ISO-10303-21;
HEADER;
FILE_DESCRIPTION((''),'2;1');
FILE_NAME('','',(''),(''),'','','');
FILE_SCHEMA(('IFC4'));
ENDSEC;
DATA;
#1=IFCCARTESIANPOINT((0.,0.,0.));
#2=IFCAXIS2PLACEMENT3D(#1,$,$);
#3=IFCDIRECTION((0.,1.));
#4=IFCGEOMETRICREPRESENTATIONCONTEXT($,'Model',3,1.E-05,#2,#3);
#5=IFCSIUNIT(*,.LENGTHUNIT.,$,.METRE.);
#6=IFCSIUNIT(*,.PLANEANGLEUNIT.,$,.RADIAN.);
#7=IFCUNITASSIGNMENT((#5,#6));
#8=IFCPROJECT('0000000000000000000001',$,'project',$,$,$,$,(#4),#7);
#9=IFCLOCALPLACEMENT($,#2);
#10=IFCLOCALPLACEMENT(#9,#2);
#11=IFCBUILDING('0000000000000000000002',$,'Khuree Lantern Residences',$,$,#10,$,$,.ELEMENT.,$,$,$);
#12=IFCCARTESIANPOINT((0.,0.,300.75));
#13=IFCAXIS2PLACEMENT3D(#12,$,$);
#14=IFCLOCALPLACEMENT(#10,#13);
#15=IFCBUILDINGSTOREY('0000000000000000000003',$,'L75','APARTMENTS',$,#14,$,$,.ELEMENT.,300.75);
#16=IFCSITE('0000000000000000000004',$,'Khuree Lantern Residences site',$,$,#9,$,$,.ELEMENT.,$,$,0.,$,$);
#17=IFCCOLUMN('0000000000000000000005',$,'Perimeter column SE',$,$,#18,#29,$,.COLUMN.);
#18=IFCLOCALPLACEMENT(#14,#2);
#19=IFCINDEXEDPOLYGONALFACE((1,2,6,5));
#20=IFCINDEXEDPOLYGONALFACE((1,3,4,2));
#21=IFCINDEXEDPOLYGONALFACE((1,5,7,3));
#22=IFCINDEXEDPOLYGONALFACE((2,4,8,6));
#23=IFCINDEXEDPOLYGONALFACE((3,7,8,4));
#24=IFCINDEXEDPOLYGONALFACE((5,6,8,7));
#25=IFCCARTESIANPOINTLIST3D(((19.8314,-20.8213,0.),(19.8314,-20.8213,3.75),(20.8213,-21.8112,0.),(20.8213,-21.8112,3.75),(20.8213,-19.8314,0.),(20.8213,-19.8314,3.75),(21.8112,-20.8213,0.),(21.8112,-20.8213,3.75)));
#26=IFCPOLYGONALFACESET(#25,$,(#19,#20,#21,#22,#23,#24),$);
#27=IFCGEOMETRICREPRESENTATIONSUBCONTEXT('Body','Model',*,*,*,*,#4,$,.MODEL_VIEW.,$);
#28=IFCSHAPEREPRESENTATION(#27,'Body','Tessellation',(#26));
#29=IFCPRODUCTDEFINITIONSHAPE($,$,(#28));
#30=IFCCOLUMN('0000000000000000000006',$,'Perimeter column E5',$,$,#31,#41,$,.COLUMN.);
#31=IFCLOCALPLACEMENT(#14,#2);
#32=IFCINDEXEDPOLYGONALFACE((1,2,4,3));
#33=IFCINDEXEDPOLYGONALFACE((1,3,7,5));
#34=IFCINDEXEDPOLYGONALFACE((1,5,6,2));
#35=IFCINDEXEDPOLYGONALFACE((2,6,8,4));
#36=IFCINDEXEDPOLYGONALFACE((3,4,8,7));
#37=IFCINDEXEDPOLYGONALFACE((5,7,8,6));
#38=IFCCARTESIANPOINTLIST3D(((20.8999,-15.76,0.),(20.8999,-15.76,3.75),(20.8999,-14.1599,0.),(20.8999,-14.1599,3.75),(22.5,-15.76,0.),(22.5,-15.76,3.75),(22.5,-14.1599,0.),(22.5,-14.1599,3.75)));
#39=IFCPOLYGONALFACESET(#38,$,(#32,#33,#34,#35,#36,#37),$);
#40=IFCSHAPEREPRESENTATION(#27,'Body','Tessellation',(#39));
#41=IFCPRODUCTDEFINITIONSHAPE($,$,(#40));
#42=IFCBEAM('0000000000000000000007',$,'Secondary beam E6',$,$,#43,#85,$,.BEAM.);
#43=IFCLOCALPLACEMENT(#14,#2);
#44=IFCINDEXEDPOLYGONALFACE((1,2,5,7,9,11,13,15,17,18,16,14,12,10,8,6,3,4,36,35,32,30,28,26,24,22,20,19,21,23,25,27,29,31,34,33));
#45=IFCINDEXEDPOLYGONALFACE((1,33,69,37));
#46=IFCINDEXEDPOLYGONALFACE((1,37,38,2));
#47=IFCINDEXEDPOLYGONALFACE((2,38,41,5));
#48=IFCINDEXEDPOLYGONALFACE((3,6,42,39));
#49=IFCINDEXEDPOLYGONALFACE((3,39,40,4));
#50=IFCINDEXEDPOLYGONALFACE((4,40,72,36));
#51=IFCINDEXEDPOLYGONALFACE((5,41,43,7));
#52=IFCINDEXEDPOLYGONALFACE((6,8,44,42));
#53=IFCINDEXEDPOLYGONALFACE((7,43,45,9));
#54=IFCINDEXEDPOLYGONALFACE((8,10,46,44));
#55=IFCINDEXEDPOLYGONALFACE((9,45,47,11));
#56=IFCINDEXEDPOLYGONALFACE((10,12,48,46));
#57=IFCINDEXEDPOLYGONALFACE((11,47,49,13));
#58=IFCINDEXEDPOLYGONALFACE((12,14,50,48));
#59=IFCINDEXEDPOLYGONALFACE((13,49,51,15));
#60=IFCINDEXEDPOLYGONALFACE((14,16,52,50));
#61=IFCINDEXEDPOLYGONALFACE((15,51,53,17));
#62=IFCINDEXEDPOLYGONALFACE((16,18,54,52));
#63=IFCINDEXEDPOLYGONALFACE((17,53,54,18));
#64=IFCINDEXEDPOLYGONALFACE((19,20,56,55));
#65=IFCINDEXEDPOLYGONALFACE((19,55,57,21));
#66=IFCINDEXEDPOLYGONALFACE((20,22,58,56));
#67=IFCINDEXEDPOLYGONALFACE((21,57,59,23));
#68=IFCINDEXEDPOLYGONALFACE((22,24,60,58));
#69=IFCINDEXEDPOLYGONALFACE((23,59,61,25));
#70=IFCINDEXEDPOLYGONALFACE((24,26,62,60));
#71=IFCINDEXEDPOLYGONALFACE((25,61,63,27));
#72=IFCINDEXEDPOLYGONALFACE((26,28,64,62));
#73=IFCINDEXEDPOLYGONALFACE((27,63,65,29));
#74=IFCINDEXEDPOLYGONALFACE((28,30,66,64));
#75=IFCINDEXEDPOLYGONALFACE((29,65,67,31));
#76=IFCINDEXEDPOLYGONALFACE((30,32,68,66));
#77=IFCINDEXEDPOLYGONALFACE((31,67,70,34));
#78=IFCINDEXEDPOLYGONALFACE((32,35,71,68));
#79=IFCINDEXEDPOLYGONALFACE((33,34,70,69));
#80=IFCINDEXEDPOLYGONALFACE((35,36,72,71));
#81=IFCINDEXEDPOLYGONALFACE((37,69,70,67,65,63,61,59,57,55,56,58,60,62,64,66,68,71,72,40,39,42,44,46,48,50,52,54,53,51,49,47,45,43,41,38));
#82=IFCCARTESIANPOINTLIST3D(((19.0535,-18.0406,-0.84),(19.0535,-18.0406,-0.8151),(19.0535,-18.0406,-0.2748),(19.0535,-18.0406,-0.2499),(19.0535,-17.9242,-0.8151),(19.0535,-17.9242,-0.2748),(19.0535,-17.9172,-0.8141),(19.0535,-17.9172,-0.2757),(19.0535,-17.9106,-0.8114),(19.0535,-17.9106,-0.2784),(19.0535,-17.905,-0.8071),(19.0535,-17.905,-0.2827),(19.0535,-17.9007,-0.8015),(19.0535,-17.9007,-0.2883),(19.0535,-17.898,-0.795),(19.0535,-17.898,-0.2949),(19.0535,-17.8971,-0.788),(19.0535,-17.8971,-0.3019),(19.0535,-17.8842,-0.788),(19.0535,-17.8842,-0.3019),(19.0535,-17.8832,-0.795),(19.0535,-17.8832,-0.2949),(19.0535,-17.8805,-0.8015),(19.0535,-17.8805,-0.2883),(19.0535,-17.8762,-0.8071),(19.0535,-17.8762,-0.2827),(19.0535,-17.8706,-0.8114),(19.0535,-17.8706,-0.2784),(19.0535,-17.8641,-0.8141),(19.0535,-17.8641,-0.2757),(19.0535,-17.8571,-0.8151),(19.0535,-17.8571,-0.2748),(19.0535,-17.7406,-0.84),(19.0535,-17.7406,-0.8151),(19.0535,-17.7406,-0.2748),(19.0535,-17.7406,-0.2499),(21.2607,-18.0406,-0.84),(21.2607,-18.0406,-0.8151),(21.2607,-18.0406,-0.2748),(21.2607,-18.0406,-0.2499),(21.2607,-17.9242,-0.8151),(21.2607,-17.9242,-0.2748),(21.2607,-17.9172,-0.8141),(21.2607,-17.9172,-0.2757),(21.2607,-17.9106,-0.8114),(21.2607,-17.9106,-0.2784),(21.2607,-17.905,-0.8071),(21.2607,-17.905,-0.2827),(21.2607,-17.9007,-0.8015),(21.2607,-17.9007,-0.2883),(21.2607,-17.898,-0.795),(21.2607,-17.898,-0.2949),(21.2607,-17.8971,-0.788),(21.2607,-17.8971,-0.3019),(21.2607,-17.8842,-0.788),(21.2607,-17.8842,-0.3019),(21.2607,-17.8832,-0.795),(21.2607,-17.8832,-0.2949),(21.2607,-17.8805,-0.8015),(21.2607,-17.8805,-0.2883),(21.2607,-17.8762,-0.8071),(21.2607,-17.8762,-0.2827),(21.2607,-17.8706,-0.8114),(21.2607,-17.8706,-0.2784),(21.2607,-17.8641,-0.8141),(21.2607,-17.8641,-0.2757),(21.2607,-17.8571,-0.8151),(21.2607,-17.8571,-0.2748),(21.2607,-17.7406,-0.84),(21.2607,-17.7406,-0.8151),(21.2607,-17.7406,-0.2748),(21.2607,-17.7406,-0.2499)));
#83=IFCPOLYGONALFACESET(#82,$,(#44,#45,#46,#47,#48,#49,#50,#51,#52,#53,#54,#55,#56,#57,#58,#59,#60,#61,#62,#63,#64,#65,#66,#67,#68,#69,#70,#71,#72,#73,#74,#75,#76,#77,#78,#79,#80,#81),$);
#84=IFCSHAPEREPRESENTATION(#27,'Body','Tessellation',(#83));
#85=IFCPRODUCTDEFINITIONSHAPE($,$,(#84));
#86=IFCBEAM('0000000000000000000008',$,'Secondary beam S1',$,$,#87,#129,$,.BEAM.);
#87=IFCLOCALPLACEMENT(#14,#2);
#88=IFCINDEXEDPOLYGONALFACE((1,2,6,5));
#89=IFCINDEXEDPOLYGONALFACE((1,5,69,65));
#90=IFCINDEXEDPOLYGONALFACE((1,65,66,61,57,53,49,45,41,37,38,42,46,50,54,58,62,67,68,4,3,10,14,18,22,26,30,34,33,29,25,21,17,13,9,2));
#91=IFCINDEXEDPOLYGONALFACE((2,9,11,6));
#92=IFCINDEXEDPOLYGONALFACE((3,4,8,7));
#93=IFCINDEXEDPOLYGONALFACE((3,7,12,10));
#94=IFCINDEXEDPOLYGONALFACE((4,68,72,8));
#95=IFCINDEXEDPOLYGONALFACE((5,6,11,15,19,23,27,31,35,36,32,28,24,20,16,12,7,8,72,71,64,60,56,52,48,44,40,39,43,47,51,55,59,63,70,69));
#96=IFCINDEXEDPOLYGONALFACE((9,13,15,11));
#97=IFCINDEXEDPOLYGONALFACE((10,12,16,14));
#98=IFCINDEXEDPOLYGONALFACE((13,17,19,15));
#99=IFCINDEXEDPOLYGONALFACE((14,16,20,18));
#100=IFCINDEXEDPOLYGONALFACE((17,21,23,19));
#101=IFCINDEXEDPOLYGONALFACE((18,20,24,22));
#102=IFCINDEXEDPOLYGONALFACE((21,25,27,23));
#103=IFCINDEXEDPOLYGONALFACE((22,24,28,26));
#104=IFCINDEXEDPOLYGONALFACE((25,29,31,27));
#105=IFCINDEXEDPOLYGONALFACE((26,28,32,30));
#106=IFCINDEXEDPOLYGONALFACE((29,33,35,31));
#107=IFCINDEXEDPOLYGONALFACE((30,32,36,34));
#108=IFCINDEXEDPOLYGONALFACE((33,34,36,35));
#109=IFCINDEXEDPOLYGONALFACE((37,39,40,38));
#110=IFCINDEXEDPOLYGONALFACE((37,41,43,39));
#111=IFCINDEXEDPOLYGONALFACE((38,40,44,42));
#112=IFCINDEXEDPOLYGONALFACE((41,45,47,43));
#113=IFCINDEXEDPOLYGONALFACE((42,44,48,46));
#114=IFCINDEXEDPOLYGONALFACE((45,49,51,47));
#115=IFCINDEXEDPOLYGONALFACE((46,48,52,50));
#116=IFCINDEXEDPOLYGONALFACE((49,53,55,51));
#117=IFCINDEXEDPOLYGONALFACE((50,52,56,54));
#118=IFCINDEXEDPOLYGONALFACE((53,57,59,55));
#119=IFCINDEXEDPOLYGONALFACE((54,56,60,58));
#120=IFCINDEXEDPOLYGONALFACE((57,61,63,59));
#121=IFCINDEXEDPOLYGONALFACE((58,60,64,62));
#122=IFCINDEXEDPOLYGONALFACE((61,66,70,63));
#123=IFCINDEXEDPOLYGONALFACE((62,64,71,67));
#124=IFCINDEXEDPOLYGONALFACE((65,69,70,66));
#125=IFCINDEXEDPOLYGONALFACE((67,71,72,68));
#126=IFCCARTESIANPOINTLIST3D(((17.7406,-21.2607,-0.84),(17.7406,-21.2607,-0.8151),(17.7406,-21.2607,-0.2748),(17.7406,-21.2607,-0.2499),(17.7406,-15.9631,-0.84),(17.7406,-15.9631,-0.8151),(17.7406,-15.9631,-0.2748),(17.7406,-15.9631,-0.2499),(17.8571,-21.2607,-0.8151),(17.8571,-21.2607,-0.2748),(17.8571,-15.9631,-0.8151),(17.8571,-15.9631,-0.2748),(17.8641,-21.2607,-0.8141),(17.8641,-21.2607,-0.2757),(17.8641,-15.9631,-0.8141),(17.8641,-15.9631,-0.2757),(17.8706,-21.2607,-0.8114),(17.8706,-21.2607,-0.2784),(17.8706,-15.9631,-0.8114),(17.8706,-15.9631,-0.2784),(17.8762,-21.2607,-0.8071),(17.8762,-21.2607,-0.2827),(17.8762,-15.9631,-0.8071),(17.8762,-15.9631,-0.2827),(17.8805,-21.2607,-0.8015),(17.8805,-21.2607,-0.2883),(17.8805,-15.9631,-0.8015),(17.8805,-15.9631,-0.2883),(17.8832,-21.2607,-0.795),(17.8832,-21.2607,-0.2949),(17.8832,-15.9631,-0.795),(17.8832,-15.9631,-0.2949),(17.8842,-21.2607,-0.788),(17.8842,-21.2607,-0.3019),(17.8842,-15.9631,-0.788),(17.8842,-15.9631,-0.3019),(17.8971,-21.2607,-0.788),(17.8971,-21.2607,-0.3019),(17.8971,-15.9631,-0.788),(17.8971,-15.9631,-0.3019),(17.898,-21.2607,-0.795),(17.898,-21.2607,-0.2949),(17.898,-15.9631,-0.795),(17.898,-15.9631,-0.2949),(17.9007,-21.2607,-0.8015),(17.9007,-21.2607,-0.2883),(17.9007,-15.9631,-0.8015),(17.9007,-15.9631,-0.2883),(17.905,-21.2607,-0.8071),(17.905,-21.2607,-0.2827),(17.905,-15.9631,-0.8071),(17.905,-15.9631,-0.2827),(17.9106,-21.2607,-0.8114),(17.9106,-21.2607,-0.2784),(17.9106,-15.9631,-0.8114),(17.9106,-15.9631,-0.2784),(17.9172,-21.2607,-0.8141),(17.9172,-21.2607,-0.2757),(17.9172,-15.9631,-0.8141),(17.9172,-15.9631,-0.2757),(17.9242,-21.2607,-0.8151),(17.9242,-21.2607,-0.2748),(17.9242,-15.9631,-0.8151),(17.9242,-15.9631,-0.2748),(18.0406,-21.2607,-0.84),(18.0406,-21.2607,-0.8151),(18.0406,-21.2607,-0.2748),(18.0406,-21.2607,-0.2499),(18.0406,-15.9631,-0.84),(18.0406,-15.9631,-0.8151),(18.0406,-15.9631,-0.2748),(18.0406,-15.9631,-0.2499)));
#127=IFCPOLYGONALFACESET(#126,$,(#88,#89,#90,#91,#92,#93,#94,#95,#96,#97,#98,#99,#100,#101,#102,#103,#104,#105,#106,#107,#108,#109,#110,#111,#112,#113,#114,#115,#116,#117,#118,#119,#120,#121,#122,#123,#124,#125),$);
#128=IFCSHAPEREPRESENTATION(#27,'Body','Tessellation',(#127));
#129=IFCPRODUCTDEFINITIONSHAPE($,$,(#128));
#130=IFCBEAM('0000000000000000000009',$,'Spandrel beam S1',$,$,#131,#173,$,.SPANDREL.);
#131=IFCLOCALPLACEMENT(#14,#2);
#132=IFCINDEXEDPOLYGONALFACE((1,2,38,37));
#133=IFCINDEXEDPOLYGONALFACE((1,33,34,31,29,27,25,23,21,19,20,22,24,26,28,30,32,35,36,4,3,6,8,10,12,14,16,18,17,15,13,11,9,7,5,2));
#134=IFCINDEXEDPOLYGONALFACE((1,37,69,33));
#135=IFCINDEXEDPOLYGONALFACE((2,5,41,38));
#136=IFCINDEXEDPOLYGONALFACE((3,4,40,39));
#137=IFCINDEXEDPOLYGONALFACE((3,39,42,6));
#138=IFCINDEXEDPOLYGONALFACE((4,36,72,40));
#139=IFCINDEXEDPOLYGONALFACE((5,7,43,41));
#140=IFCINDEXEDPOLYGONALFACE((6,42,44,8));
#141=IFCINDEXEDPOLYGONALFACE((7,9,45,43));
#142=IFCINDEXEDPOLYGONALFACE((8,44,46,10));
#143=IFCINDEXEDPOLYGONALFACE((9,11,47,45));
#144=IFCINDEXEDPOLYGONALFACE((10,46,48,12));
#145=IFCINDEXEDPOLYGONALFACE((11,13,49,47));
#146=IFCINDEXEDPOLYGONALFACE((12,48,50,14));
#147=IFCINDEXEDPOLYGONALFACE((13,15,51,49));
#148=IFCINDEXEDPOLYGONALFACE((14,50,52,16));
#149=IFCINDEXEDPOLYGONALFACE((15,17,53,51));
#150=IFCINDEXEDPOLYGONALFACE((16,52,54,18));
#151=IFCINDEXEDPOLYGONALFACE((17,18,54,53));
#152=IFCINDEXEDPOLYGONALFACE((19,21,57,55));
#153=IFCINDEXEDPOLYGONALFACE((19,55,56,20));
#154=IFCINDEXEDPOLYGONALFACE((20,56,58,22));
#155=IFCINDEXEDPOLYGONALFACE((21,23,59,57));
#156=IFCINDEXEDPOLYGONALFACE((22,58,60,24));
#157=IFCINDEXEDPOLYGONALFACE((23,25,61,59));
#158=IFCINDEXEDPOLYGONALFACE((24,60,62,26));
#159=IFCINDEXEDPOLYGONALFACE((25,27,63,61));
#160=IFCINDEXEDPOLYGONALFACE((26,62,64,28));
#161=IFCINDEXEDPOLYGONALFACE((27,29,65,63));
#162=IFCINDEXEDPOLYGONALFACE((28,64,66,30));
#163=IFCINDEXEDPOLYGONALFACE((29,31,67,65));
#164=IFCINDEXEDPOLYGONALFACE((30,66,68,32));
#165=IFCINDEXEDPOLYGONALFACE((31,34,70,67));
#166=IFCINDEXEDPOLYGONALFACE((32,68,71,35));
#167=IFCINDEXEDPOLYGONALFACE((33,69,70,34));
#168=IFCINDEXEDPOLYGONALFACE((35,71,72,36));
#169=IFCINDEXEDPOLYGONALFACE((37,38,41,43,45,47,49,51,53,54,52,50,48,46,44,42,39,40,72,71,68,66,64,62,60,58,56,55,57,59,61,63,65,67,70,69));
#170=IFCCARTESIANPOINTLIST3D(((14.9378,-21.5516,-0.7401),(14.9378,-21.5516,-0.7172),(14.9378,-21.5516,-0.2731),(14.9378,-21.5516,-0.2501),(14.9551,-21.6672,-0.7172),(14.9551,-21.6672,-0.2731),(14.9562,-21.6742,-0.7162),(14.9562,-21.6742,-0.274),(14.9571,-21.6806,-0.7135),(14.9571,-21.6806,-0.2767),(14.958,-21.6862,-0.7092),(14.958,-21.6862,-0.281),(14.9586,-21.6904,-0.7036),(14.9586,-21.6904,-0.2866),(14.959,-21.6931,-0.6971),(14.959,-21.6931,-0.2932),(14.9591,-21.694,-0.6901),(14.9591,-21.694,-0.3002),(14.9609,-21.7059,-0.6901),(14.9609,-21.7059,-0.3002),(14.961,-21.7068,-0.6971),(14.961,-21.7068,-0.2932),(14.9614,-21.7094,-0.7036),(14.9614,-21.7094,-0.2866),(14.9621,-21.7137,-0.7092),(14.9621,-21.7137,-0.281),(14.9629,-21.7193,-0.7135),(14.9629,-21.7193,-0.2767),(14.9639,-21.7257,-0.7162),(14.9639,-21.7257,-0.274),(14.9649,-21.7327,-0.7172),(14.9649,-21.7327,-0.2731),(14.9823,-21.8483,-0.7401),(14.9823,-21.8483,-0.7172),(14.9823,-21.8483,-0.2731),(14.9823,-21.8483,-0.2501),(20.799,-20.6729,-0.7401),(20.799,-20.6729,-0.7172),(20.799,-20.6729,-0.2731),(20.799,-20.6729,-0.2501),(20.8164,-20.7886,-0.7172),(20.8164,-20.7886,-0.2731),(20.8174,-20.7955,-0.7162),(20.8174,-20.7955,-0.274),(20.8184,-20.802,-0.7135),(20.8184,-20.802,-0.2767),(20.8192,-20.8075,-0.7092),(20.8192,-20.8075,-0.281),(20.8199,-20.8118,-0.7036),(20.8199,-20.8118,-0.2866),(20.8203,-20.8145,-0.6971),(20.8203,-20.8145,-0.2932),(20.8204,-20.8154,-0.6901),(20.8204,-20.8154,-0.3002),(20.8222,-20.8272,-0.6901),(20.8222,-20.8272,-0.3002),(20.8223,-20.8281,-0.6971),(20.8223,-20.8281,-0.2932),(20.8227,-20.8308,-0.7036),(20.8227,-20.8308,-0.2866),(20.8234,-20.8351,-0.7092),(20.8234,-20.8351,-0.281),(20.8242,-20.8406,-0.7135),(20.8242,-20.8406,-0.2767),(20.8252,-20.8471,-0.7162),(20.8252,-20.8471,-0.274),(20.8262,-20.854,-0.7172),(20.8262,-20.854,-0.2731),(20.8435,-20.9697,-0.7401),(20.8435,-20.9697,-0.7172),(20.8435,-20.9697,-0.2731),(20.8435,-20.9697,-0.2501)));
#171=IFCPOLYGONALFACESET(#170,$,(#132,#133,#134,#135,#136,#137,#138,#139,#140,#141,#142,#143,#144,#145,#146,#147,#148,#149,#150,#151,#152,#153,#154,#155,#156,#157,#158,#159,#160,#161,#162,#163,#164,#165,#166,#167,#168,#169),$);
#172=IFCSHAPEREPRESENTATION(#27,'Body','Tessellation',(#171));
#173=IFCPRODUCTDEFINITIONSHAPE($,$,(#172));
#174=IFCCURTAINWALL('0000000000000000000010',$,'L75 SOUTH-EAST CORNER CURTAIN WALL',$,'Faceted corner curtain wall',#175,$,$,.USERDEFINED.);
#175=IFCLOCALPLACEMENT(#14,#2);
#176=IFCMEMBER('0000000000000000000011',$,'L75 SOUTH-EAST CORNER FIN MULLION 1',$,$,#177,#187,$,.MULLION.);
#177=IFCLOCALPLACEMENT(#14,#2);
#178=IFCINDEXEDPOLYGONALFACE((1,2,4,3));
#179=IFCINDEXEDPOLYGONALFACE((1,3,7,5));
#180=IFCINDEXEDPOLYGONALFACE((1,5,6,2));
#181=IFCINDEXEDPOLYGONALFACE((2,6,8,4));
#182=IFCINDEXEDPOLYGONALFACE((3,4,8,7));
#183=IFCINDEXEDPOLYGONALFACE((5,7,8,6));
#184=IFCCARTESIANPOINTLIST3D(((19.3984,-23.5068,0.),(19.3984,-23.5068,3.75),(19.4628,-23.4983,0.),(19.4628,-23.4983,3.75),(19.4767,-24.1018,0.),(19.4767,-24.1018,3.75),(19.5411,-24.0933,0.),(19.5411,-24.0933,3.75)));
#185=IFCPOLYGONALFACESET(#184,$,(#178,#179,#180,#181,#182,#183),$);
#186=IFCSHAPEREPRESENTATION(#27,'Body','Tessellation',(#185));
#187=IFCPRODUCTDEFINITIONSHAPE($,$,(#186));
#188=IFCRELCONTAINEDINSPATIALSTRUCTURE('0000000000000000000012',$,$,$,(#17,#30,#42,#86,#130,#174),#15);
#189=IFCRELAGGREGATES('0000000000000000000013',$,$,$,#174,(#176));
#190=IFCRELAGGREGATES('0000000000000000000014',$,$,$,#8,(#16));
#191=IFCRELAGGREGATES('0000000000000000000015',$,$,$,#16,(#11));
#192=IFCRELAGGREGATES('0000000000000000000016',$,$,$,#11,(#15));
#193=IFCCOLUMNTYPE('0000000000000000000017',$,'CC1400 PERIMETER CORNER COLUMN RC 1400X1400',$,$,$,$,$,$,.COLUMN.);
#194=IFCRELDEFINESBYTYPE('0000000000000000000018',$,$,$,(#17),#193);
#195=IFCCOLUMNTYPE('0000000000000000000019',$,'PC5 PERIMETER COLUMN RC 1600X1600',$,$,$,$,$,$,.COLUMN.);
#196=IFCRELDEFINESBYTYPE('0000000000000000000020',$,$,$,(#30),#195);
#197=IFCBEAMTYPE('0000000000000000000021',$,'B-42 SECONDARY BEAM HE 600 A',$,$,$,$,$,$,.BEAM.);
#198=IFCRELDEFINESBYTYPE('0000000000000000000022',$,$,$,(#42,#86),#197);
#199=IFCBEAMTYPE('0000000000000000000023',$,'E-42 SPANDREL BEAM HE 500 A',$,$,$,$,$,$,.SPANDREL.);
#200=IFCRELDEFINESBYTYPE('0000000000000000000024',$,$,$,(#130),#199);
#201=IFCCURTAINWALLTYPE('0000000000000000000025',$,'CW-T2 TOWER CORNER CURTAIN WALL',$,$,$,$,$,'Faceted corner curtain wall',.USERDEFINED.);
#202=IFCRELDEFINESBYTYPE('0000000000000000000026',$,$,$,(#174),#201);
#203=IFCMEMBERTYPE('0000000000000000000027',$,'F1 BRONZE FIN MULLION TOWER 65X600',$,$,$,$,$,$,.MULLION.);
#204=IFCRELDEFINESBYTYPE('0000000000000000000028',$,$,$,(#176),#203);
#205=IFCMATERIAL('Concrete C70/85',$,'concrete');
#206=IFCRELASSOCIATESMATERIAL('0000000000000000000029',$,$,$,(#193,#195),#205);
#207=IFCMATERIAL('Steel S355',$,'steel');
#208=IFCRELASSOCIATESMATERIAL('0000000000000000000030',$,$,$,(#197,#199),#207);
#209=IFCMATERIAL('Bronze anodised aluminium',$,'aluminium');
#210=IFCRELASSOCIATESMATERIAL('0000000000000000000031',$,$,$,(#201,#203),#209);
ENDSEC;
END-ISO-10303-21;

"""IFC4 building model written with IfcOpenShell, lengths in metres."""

from ifc_helpers import new_model, si_unit, direction, frame, origin, origin_2d, place, context, subcontext, project, spatial, rectangle, i_section, extrude, material, material_profile, profile_set, type_object, element, aggregate, save


model = new_model("IFC4")

# Units and contexts
model_context = context("Model", 3, precision=1e-05, world=origin(), true_north=direction((0.0, 1.0)))
body_context = subcontext(model_context, "Body", "Model", "MODEL_VIEW")
ifc_project = project(units=[si_unit("LENGTHUNIT", "METRE"), si_unit("PLANEANGLEUNIT", "RADIAN")], contexts=[model_context])

# Site, building, storey
site_placement = place(None, origin())
site = spatial("IfcSite", under=ifc_project, at=site_placement, Name="Khuree Lantern Residences site", CompositionType="ELEMENT", RefElevation=0.0)
building_placement = place(site_placement, origin())
building = spatial("IfcBuilding", under=site, at=building_placement, Name="Khuree Lantern Residences", CompositionType="ELEMENT")
storey_placement = place(building_placement, frame((0.0, 0.0, 300.75)))
storey = spatial("IfcBuildingStorey", under=building, at=storey_placement, Name="L75", Description="APARTMENTS", CompositionType="ELEMENT", Elevation=300.75)

# Columns
ifc_material_1 = material(Name="Concrete C70/85", Category="concrete")
ifc_material_profile_1 = material_profile(ifc_material_1, rectangle(XDim=1.3999, YDim=1.3999, at=origin_2d()), Name="RC 1400X1400")
ifc_profile_set_1 = profile_set([ifc_material_profile_1], Name="Concrete C70/85")
column_type_1 = type_object("IfcColumnType", Name="CC1400 PERIMETER CORNER COLUMN RC 1400X1400", PredefinedType="COLUMN", material=ifc_profile_set_1)
column_1_placement = place(storey_placement, frame((20.8213, -20.8213, 0.0), z_axis=(0.0, 0.0, 1.0), x_axis=(0.707107, 0.707107, 0.0)))
element("IfcColumn", 1, at=column_1_placement, inside=storey, type_object=column_type_1, Name="Perimeter column SE", PredefinedType="COLUMN", context=body_context, shape_type="SweptSolid", body=[
    extrude(rectangle(XDim=1.3999, YDim=1.3999, at=origin_2d()), origin(), (0.0, 0.0, 1.0), 3.75),
])
ifc_material_profile_2 = material_profile(ifc_material_1, rectangle(XDim=1.6001, YDim=1.6001, at=origin_2d()), Name="RC 1600X1600")
ifc_profile_set_2 = profile_set([ifc_material_profile_2], Name="Concrete C70/85")
column_type_2 = type_object("IfcColumnType", Name="PC5 PERIMETER COLUMN RC 1600X1600", PredefinedType="COLUMN", material=ifc_profile_set_2)
column_2_placement = place(storey_placement, frame((21.7, -14.96, 0.0), z_axis=(0.0, 0.0, 1.0), x_axis=(0.0, 1.0, 0.0)))
element("IfcColumn", 2, at=column_2_placement, inside=storey, type_object=column_type_2, Name="Perimeter column E5", PredefinedType="COLUMN", context=body_context, shape_type="SweptSolid", body=[
    extrude(rectangle(XDim=1.6001, YDim=1.6001, at=origin_2d()), origin(), (0.0, 0.0, 1.0), 3.75),
])

# Beams
ifc_material_2 = material(Name="Steel S355", Category="steel")
ifc_material_profile_3 = material_profile(ifc_material_2, i_section(OverallWidth=0.3, OverallDepth=0.5901, WebThickness=0.0129, FlangeThickness=0.0249, FilletRadius=0.0271, at=origin_2d()), Name="HE 600 A")
ifc_profile_set_3 = profile_set([ifc_material_profile_3], Name="Steel S355")
beam_type_1 = type_object("IfcBeamType", Name="B-42 SECONDARY BEAM HE 600 A", PredefinedType="BEAM", material=ifc_profile_set_3)
beam_1_placement = place(storey_placement, frame((21.2607, -17.8906, -0.5449), z_axis=(-1.0, 0.0, 0.0), x_axis=(0.0, -1.0, 0.0)))
element("IfcBeam", 3, at=beam_1_placement, inside=storey, type_object=beam_type_1, Name="Secondary beam E6", PredefinedType="BEAM", context=body_context, shape_type="SweptSolid", body=[
    extrude(i_section(OverallWidth=0.3, OverallDepth=0.5901, WebThickness=0.0129, FlangeThickness=0.0249, FilletRadius=0.0271, at=origin_2d()), origin(), (0.0, 0.0, 1.0), 2.2073),
])
beam_2_placement = place(storey_placement, frame((17.8906, -21.2607, -0.5449), z_axis=(0.0, 1.0, 0.0), x_axis=(-1.0, 0.0, 0.0)))
element("IfcBeam", 4, at=beam_2_placement, inside=storey, type_object=beam_type_1, Name="Secondary beam S1", PredefinedType="BEAM", context=body_context, shape_type="SweptSolid", body=[
    extrude(i_section(OverallWidth=0.3, OverallDepth=0.5901, WebThickness=0.0129, FlangeThickness=0.0249, FilletRadius=0.0271, at=origin_2d()), origin(), (0.0, 0.0, 1.0), 5.2976),
])
ifc_material_profile_4 = material_profile(ifc_material_2, i_section(OverallWidth=0.3, OverallDepth=0.49, WebThickness=0.012, FlangeThickness=0.0229, FilletRadius=0.0271, at=origin_2d()), Name="HE 500 A")
ifc_profile_set_4 = profile_set([ifc_material_profile_4], Name="Steel S355")
beam_type_2 = type_object("IfcBeamType", Name="E-42 SPANDREL BEAM HE 500 A", PredefinedType="SPANDREL", material=ifc_profile_set_4)
beam_3_placement = place(storey_placement, frame((20.8213, -20.8213, -0.4951), z_axis=(-0.98895, -0.148252, 0.0), x_axis=(0.148252, -0.98895, 0.0)))
element("IfcBeam", 5, at=beam_3_placement, inside=storey, type_object=beam_type_2, Name="Spandrel beam S1", PredefinedType="SPANDREL", context=body_context, shape_type="SweptSolid", body=[
    extrude(i_section(OverallWidth=0.3, OverallDepth=0.49, WebThickness=0.012, FlangeThickness=0.0229, FilletRadius=0.0271, at=origin_2d()), origin(), (0.0, 0.0, 1.0), 5.9268),
])

# Curtain wall, member
ifc_material_3 = material(Name="Bronze anodised aluminium", Category="aluminium")
curtain_wall_type_1 = type_object("IfcCurtainWallType", Name="CW-T2 TOWER CORNER CURTAIN WALL", ElementType="Faceted corner curtain wall", PredefinedType="USERDEFINED", material=ifc_material_3)
curtain_wall_1_placement = place(storey_placement, origin())
curtain_wall_1 = element("IfcCurtainWall", 6, at=curtain_wall_1_placement, inside=storey, type_object=curtain_wall_type_1, Name="L75 SOUTH-EAST CORNER CURTAIN WALL", ObjectType="Faceted corner curtain wall", PredefinedType="USERDEFINED")
ifc_material_profile_5 = material_profile(ifc_material_3, rectangle(XDim=0.0649, YDim=0.6001, at=origin_2d()), Name="F1 65X600")
ifc_profile_set_5 = profile_set([ifc_material_profile_5], Name="Bronze anodised aluminium")
member_type_1 = type_object("IfcMemberType", Name="F1 BRONZE FIN MULLION TOWER 65X600", PredefinedType="MULLION", material=ifc_profile_set_5)
member_1_placement = place(storey_placement, frame((19.4697, -23.8, 0.0), z_axis=(0.0, 0.0, 1.0), x_axis=(0.991445, 0.130526, 0.0)))
member_1 = element("IfcMember", 7, at=member_1_placement, type_object=member_type_1, Name="L75 SOUTH-EAST CORNER FIN MULLION 1", PredefinedType="MULLION", context=body_context, shape_type="SweptSolid", body=[
    extrude(rectangle(XDim=0.0649, YDim=0.6001, at=origin_2d()), origin(), (0.0, 0.0, 1.0), 3.75),
])

aggregate(curtain_wall_1, [member_1])

save(model, "model.ifc")
